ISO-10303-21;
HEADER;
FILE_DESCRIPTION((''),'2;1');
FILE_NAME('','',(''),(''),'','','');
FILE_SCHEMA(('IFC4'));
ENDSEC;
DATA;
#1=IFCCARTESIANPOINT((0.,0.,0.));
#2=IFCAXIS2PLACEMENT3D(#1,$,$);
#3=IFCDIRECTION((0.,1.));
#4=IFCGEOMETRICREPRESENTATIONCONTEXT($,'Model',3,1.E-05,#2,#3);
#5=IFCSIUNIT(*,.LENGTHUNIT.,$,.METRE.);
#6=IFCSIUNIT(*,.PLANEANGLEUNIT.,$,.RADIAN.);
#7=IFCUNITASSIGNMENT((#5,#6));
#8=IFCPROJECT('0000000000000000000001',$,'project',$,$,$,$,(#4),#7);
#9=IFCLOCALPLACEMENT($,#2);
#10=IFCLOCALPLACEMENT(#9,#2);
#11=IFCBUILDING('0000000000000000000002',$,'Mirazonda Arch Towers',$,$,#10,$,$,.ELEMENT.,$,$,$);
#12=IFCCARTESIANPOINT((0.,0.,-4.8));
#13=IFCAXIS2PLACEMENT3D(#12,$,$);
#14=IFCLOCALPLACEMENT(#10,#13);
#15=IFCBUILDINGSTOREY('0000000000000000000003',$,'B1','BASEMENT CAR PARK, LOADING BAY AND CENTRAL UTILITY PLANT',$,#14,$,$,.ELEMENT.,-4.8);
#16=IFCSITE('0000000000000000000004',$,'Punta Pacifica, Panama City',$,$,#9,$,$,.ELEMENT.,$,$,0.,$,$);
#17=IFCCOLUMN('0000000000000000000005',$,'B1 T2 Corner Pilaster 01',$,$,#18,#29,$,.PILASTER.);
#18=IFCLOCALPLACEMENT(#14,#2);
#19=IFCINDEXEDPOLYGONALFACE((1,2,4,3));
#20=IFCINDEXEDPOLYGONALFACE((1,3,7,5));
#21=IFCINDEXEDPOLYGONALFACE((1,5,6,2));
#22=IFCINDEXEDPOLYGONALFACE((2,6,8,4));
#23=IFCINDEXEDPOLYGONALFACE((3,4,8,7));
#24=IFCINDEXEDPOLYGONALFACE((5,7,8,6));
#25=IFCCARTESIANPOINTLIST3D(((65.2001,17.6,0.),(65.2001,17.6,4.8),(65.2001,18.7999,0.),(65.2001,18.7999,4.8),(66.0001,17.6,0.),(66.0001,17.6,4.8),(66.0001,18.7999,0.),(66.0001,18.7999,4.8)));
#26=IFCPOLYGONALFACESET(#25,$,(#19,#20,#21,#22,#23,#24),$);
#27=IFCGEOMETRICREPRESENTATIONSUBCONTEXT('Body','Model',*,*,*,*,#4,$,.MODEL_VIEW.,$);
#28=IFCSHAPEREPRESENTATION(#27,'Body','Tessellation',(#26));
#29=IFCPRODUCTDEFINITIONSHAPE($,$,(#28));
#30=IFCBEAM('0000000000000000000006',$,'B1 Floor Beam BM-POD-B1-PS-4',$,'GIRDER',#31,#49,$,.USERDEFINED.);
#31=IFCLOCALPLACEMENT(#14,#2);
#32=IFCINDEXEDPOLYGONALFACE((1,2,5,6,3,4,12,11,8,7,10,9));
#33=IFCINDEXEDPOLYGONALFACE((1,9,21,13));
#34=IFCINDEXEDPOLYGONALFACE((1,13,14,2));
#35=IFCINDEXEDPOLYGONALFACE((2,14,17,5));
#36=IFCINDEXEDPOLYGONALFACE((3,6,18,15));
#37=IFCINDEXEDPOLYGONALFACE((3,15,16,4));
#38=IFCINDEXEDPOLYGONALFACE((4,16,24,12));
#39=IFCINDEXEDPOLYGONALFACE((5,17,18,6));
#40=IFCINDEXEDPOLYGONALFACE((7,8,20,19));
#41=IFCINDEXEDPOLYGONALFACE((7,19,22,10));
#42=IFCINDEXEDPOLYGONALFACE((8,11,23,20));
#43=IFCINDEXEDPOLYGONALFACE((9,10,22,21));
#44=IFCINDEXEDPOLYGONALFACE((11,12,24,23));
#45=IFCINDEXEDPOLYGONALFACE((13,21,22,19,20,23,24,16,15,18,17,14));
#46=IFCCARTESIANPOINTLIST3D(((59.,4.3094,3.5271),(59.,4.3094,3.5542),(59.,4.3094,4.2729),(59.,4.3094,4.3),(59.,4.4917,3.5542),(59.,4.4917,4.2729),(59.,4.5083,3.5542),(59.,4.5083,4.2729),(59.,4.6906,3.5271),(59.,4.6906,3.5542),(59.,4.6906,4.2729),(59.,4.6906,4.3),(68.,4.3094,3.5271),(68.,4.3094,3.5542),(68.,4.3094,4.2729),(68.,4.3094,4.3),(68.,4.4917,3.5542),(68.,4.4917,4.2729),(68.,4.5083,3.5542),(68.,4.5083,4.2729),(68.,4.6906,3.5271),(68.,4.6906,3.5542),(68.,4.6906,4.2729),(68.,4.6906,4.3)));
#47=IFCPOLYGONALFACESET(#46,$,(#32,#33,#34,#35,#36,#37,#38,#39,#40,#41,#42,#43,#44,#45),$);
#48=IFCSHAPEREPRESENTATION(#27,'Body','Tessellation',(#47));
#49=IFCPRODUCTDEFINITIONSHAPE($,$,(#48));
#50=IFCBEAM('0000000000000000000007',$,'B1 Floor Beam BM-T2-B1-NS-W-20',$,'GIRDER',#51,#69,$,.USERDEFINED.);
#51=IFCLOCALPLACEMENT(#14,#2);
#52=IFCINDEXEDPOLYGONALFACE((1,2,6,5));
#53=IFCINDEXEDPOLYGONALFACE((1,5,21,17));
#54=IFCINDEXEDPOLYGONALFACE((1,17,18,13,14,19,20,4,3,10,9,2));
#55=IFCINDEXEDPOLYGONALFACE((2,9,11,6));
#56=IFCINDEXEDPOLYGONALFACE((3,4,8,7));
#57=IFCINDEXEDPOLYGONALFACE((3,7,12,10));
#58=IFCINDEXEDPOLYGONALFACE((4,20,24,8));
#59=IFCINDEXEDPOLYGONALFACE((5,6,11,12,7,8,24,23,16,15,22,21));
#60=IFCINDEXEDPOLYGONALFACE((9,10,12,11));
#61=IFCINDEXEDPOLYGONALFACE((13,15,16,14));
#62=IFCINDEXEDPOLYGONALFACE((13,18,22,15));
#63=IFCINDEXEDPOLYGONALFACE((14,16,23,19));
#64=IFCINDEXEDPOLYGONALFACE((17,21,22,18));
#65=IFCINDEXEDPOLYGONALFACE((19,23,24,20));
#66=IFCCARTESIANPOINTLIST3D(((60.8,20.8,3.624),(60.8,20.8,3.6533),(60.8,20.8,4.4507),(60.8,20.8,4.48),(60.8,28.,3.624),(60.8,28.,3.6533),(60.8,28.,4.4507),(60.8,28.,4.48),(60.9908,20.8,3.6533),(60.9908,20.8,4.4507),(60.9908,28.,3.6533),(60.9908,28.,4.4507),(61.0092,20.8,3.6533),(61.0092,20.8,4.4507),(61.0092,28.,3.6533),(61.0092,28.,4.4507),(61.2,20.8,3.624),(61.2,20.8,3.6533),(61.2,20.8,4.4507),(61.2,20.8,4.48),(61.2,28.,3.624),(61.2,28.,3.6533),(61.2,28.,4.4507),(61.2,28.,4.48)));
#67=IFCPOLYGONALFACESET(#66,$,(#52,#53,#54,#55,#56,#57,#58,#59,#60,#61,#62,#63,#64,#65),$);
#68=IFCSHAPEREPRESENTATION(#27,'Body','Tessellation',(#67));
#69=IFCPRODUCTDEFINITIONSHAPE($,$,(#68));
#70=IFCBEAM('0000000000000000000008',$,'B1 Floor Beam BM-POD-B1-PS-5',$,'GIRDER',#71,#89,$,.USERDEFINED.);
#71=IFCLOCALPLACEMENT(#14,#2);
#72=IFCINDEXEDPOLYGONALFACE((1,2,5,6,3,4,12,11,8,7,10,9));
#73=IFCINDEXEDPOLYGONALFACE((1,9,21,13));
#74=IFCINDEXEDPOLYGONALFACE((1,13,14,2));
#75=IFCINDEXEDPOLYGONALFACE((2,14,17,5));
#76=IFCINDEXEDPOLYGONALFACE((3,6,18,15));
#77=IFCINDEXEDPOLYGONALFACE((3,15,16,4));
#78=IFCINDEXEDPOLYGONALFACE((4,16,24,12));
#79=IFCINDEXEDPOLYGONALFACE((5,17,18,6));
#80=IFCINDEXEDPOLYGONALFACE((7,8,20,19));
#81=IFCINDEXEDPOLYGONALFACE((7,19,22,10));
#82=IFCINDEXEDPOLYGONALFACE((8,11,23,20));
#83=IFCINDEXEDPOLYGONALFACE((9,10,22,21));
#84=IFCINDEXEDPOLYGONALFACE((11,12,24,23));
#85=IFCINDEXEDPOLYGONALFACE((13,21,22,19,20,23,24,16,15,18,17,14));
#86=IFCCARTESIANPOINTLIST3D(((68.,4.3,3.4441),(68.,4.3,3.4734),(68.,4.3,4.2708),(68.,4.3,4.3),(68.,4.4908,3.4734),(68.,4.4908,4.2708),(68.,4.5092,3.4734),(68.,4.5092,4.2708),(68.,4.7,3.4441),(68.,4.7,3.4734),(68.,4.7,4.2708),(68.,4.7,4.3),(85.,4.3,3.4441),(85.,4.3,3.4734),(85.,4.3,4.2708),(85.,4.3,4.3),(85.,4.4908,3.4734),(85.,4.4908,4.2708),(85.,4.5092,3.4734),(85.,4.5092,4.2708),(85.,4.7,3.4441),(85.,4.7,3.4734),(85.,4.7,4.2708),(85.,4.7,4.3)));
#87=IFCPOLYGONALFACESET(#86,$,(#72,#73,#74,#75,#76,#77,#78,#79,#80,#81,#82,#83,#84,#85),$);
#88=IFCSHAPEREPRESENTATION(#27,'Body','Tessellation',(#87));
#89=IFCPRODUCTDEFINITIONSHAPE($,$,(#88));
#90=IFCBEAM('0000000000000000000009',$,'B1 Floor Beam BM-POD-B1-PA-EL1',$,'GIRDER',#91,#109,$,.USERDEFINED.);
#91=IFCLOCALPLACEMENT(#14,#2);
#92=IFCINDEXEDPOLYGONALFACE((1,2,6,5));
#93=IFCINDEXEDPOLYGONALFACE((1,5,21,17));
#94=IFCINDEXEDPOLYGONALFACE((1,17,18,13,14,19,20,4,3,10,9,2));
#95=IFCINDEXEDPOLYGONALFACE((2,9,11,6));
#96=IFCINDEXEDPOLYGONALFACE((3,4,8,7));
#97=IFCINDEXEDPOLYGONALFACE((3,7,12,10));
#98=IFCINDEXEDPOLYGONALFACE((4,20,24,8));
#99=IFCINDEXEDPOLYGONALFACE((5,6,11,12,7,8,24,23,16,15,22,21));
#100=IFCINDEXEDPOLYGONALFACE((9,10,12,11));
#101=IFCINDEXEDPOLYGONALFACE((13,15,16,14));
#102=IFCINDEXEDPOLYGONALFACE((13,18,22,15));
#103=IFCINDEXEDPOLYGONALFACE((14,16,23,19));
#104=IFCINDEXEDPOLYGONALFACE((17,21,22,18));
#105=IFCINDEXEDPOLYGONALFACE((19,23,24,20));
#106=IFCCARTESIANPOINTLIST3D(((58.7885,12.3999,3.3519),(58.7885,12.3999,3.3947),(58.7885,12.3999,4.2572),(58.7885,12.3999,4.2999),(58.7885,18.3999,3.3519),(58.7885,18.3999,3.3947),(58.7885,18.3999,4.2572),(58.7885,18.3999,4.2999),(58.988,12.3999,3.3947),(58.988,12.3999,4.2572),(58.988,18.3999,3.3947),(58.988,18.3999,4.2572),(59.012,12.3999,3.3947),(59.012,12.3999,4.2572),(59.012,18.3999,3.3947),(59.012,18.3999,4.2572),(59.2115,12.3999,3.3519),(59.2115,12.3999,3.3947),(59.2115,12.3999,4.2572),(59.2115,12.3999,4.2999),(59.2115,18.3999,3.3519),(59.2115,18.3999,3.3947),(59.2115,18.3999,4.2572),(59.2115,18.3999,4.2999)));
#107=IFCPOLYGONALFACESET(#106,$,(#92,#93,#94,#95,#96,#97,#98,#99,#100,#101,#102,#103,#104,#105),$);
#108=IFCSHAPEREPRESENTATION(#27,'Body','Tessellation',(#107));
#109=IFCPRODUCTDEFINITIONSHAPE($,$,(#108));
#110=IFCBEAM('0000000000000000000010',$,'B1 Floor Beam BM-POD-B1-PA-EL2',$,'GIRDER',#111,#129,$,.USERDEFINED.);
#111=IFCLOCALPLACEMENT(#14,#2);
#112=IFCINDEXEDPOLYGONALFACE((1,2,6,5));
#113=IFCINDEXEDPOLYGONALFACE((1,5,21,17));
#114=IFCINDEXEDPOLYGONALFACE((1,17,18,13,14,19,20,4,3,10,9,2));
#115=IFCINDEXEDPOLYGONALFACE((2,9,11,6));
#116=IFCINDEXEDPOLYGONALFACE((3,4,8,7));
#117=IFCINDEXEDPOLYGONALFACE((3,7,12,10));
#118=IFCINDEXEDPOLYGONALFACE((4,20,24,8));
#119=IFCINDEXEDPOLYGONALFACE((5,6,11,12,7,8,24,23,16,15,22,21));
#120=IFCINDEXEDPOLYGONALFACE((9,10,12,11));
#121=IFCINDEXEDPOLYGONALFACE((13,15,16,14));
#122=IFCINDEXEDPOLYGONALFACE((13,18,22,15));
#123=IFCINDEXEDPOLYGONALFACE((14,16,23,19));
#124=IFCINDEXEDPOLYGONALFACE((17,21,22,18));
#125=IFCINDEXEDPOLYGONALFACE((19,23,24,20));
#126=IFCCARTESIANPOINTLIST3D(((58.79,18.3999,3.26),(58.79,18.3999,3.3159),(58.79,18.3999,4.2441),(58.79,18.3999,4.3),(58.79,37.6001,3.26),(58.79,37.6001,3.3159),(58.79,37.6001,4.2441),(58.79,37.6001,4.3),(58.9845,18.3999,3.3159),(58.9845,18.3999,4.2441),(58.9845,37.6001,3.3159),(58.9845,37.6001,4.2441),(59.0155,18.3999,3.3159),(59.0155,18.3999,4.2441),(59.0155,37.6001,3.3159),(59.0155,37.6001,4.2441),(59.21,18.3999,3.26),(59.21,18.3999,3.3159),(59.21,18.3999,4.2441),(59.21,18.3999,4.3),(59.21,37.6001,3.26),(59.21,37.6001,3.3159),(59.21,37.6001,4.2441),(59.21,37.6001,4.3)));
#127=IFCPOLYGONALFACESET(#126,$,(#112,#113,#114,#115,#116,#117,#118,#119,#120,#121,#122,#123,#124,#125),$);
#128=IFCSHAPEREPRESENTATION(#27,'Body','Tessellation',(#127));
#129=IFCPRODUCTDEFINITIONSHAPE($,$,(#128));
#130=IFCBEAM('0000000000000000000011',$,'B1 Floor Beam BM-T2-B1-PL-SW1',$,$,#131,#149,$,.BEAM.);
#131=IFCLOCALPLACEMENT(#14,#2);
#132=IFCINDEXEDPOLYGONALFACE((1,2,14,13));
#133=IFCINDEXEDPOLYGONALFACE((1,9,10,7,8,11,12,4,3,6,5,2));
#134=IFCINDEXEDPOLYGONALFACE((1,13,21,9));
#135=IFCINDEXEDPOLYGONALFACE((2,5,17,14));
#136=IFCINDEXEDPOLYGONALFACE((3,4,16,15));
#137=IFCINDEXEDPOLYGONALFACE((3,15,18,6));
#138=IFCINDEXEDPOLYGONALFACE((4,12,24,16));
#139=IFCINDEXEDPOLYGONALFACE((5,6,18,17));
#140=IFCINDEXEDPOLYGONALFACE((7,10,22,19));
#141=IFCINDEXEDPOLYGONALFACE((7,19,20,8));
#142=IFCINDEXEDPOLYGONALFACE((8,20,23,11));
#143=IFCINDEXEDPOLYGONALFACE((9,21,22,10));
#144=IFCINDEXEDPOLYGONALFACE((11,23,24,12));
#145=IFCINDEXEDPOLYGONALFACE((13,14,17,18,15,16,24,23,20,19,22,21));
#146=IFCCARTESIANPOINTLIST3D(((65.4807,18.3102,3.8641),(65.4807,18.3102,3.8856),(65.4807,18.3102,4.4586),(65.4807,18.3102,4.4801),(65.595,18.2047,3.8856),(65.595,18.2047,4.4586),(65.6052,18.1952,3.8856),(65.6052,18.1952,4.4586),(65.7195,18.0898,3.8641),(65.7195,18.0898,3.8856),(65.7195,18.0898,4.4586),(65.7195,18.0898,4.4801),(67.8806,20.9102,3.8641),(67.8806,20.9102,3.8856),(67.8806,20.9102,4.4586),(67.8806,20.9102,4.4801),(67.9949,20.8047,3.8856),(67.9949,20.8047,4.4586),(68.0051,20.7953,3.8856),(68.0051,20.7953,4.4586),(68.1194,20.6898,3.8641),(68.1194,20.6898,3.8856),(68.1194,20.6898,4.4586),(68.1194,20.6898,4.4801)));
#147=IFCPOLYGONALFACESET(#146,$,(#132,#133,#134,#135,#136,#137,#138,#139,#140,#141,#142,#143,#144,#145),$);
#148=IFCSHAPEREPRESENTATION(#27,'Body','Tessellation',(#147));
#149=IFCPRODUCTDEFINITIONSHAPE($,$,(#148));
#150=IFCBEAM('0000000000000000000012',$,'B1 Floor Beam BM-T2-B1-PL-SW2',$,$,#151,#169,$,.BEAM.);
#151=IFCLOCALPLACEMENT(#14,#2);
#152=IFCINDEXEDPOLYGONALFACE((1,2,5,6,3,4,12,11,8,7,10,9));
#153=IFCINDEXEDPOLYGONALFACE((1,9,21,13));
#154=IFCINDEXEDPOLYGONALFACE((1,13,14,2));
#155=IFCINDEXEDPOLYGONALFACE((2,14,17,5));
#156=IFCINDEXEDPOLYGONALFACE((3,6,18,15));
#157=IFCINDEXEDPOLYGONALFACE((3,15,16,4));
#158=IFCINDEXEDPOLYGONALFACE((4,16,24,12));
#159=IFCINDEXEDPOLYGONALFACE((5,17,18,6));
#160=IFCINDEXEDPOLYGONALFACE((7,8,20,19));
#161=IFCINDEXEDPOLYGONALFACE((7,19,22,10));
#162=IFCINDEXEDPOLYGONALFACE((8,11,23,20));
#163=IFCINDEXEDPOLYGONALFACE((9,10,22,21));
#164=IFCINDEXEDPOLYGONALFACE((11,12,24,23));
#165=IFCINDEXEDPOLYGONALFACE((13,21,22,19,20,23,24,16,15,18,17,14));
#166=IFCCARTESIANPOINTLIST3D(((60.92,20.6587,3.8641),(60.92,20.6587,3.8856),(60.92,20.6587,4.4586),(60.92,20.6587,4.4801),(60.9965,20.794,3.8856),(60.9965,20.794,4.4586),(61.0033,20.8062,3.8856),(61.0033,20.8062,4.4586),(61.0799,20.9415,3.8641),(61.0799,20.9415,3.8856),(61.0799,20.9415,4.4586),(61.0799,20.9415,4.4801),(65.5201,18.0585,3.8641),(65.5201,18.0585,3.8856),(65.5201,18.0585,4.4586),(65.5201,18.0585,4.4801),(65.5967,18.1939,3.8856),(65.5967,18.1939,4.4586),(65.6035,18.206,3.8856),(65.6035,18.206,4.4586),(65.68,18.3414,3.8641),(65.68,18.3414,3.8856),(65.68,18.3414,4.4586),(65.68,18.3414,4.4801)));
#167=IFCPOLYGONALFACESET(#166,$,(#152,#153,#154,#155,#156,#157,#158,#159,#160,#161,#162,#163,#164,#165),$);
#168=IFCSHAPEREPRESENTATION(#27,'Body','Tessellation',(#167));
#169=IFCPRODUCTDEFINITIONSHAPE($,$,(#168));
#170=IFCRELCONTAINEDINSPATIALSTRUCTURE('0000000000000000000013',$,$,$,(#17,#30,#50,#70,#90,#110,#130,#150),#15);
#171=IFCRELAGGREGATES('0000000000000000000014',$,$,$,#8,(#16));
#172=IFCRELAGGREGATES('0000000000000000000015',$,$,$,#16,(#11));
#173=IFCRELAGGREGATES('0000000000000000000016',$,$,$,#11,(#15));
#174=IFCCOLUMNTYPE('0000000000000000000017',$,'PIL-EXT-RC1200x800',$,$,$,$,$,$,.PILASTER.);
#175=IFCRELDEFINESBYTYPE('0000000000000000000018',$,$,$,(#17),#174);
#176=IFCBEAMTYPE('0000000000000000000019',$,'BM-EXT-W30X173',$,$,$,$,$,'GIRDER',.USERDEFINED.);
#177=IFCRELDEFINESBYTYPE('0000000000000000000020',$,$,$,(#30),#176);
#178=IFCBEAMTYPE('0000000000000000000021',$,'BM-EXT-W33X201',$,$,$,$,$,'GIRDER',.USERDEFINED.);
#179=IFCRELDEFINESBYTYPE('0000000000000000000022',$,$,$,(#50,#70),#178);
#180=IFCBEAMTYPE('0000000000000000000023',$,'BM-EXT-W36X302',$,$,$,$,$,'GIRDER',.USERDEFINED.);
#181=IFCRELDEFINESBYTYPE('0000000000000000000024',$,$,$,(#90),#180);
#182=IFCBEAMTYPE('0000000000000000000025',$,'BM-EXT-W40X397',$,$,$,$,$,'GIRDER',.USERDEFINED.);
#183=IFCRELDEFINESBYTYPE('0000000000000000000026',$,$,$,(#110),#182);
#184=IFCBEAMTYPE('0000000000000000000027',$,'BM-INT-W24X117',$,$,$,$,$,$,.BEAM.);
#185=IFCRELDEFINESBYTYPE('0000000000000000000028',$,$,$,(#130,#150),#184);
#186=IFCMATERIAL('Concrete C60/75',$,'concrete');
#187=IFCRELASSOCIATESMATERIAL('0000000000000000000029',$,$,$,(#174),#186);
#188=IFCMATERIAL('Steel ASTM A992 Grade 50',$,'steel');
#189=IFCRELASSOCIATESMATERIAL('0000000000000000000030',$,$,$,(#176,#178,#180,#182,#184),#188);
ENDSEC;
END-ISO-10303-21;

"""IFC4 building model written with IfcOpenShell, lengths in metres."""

from ifc_helpers import new_model, si_unit, direction, frame, origin, origin_2d, place, context, subcontext, project, spatial, rectangle, i_section, extrude, material, material_profile, profile_set, type_object, element, save


model = new_model("IFC4")

# Units and contexts
model_context = context("Model", 3, precision=1e-05, world=origin(), true_north=direction((0.0, 1.0)))
body_context = subcontext(model_context, "Body", "Model", "MODEL_VIEW")
ifc_project = project(units=[si_unit("LENGTHUNIT", "METRE"), si_unit("PLANEANGLEUNIT", "RADIAN")], contexts=[model_context])

# Site, building, storey
site_placement = place(None, origin())
site = spatial("IfcSite", under=ifc_project, at=site_placement, Name="Punta Pacifica, Panama City", CompositionType="ELEMENT", RefElevation=0.0)
building_placement = place(site_placement, origin())
building = spatial("IfcBuilding", under=site, at=building_placement, Name="Mirazonda Arch Towers", CompositionType="ELEMENT")
storey_placement = place(building_placement, frame((0.0, 0.0, -4.8)))
storey = spatial("IfcBuildingStorey", under=building, at=storey_placement, Name="B1", Description="BASEMENT CAR PARK, LOADING BAY AND CENTRAL UTILITY PLANT", CompositionType="ELEMENT", Elevation=-4.8)

# Column
ifc_material_1 = material(Name="Concrete C60/75", Category="concrete")
ifc_material_profile_1 = material_profile(ifc_material_1, rectangle(XDim=0.8, YDim=1.2, at=origin_2d()), Name="RC1200x800")
ifc_profile_set_1 = profile_set([ifc_material_profile_1], Name="Concrete C60/75")
column_type_1 = type_object("IfcColumnType", Name="PIL-EXT-RC1200x800", PredefinedType="PILASTER", material=ifc_profile_set_1)
column_1_placement = place(storey_placement, frame((65.6001, 18.2, 0.0), z_axis=(0.0, 0.0, 1.0), x_axis=(1.0, 0.0, 0.0)))
element("IfcColumn", 1, at=column_1_placement, inside=storey, type_object=column_type_1, Name="B1 T2 Corner Pilaster 01", PredefinedType="PILASTER", context=body_context, shape_type="SweptSolid", body=[
    extrude(rectangle(XDim=0.8, YDim=1.2, at=origin_2d()), origin(), (0.0, 0.0, 1.0), 4.8),
])

# Beams
ifc_material_2 = material(Name="Steel ASTM A992 Grade 50", Category="steel")
ifc_material_profile_2 = material_profile(ifc_material_2, i_section(OverallWidth=0.3811, OverallDepth=0.7729, WebThickness=0.0166, FlangeThickness=0.0271, at=origin_2d()), Name="W30X173")
ifc_profile_set_2 = profile_set([ifc_material_profile_2], Name="Steel ASTM A992 Grade 50")
beam_type_1 = type_object("IfcBeamType", Name="BM-EXT-W30X173", ElementType="GIRDER", PredefinedType="USERDEFINED", material=ifc_profile_set_2)
beam_1_placement = place(storey_placement, frame((59.0, 4.5, 3.9136), z_axis=(1.0, 0.0, 0.0), x_axis=(0.0, 1.0, 0.0)))
element("IfcBeam", 2, at=beam_1_placement, inside=storey, type_object=beam_type_1, Name="B1 Floor Beam BM-POD-B1-PS-4", ObjectType="GIRDER", PredefinedType="USERDEFINED", context=body_context, shape_type="SweptSolid", body=[
    extrude(i_section(OverallWidth=0.3811, OverallDepth=0.7729, WebThickness=0.0166, FlangeThickness=0.0271, at=origin_2d()), origin(), (0.0, 0.0, 1.0), 9.0),
])
ifc_material_profile_3 = material_profile(ifc_material_2, i_section(OverallWidth=0.3999, OverallDepth=0.856, WebThickness=0.0183, FlangeThickness=0.0293, at=origin_2d()), Name="W33X201")
ifc_profile_set_3 = profile_set([ifc_material_profile_3], Name="Steel ASTM A992 Grade 50")
beam_type_2 = type_object("IfcBeamType", Name="BM-EXT-W33X201", ElementType="GIRDER", PredefinedType="USERDEFINED", material=ifc_profile_set_3)
beam_2_placement = place(storey_placement, frame((61.0, 20.8, 4.052), z_axis=(0.0, 1.0, 0.0), x_axis=(-1.0, 0.0, 0.0)))
element("IfcBeam", 3, at=beam_2_placement, inside=storey, type_object=beam_type_2, Name="B1 Floor Beam BM-T2-B1-NS-W-20", ObjectType="GIRDER", PredefinedType="USERDEFINED", context=body_context, shape_type="SweptSolid", body=[
    extrude(i_section(OverallWidth=0.3999, OverallDepth=0.856, WebThickness=0.0183, FlangeThickness=0.0293, at=origin_2d()), origin(), (0.0, 0.0, 1.0), 7.2),
])
beam_3_placement = place(storey_placement, frame((68.0, 4.5, 3.8721), z_axis=(1.0, 0.0, 0.0), x_axis=(0.0, 1.0, 0.0)))
element("IfcBeam", 4, at=beam_3_placement, inside=storey, type_object=beam_type_2, Name="B1 Floor Beam BM-POD-B1-PS-5", ObjectType="GIRDER", PredefinedType="USERDEFINED", context=body_context, shape_type="SweptSolid", body=[
    extrude(i_section(OverallWidth=0.3999, OverallDepth=0.856, WebThickness=0.0183, FlangeThickness=0.0293, at=origin_2d()), origin(), (0.0, 0.0, 1.0), 17.0),
])
ifc_material_profile_4 = material_profile(ifc_material_2, i_section(OverallWidth=0.4231, OverallDepth=0.948, WebThickness=0.0239, FlangeThickness=0.0427, at=origin_2d()), Name="W36X302")
ifc_profile_set_4 = profile_set([ifc_material_profile_4], Name="Steel ASTM A992 Grade 50")
beam_type_3 = type_object("IfcBeamType", Name="BM-EXT-W36X302", ElementType="GIRDER", PredefinedType="USERDEFINED", material=ifc_profile_set_4)
beam_4_placement = place(storey_placement, frame((59.0, 12.3999, 3.8259), z_axis=(0.0, 1.0, 0.0), x_axis=(-1.0, 0.0, 0.0)))
element("IfcBeam", 5, at=beam_4_placement, inside=storey, type_object=beam_type_3, Name="B1 Floor Beam BM-POD-B1-PA-EL1", ObjectType="GIRDER", PredefinedType="USERDEFINED", context=body_context, shape_type="SweptSolid", body=[
    extrude(i_section(OverallWidth=0.4231, OverallDepth=0.948, WebThickness=0.0239, FlangeThickness=0.0427, at=origin_2d()), origin(), (0.0, 0.0, 1.0), 6.0),
])
ifc_material_profile_5 = material_profile(ifc_material_2, i_section(OverallWidth=0.4199, OverallDepth=1.04, WebThickness=0.031, FlangeThickness=0.0559, at=origin_2d()), Name="W40X397")
ifc_profile_set_5 = profile_set([ifc_material_profile_5], Name="Steel ASTM A992 Grade 50")
beam_type_4 = type_object("IfcBeamType", Name="BM-EXT-W40X397", ElementType="GIRDER", PredefinedType="USERDEFINED", material=ifc_profile_set_5)
beam_5_placement = place(storey_placement, frame((59.0, 18.3999, 3.78), z_axis=(0.0, 1.0, 0.0), x_axis=(-1.0, 0.0, 0.0)))
element("IfcBeam", 6, at=beam_5_placement, inside=storey, type_object=beam_type_4, Name="B1 Floor Beam BM-POD-B1-PA-EL2", ObjectType="GIRDER", PredefinedType="USERDEFINED", context=body_context, shape_type="SweptSolid", body=[
    extrude(i_section(OverallWidth=0.4199, OverallDepth=1.04, WebThickness=0.031, FlangeThickness=0.0559, at=origin_2d()), origin(), (0.0, 0.0, 1.0), 19.2002),
])
ifc_material_profile_6 = material_profile(ifc_material_2, i_section(OverallWidth=0.325, OverallDepth=0.616, WebThickness=0.0139, FlangeThickness=0.0215, at=origin_2d()), Name="W24X117")
ifc_profile_set_6 = profile_set([ifc_material_profile_6], Name="Steel ASTM A992 Grade 50")
beam_type_5 = type_object("IfcBeamType", Name="BM-INT-W24X117", PredefinedType="BEAM", material=ifc_profile_set_6)
beam_6_placement = place(storey_placement, frame((65.6001, 18.2, 4.1721), z_axis=(0.678251, 0.73483, 0.0), x_axis=(-0.73483, 0.678251, 0.0)))
element("IfcBeam", 7, at=beam_6_placement, inside=storey, type_object=beam_type_5, Name="B1 Floor Beam BM-T2-B1-PL-SW1", PredefinedType="BEAM", context=body_context, shape_type="SweptSolid", body=[
    extrude(i_section(OverallWidth=0.325, OverallDepth=0.616, WebThickness=0.0139, FlangeThickness=0.0215, at=origin_2d()), origin(), (0.0, 0.0, 1.0), 3.5383),
])
beam_7_placement = place(storey_placement, frame((65.6001, 18.2, 4.1721), z_axis=(-0.870559, 0.492063, 0.0), x_axis=(-0.492063, -0.870559, 0.0)))
element("IfcBeam", 8, at=beam_7_placement, inside=storey, type_object=beam_type_5, Name="B1 Floor Beam BM-T2-B1-PL-SW2", PredefinedType="BEAM", context=body_context, shape_type="SweptSolid", body=[
    extrude(i_section(OverallWidth=0.325, OverallDepth=0.616, WebThickness=0.0139, FlangeThickness=0.0215, at=origin_2d()), origin(), (0.0, 0.0, 1.0), 5.2842),
])

save(model, "model.ifc")
